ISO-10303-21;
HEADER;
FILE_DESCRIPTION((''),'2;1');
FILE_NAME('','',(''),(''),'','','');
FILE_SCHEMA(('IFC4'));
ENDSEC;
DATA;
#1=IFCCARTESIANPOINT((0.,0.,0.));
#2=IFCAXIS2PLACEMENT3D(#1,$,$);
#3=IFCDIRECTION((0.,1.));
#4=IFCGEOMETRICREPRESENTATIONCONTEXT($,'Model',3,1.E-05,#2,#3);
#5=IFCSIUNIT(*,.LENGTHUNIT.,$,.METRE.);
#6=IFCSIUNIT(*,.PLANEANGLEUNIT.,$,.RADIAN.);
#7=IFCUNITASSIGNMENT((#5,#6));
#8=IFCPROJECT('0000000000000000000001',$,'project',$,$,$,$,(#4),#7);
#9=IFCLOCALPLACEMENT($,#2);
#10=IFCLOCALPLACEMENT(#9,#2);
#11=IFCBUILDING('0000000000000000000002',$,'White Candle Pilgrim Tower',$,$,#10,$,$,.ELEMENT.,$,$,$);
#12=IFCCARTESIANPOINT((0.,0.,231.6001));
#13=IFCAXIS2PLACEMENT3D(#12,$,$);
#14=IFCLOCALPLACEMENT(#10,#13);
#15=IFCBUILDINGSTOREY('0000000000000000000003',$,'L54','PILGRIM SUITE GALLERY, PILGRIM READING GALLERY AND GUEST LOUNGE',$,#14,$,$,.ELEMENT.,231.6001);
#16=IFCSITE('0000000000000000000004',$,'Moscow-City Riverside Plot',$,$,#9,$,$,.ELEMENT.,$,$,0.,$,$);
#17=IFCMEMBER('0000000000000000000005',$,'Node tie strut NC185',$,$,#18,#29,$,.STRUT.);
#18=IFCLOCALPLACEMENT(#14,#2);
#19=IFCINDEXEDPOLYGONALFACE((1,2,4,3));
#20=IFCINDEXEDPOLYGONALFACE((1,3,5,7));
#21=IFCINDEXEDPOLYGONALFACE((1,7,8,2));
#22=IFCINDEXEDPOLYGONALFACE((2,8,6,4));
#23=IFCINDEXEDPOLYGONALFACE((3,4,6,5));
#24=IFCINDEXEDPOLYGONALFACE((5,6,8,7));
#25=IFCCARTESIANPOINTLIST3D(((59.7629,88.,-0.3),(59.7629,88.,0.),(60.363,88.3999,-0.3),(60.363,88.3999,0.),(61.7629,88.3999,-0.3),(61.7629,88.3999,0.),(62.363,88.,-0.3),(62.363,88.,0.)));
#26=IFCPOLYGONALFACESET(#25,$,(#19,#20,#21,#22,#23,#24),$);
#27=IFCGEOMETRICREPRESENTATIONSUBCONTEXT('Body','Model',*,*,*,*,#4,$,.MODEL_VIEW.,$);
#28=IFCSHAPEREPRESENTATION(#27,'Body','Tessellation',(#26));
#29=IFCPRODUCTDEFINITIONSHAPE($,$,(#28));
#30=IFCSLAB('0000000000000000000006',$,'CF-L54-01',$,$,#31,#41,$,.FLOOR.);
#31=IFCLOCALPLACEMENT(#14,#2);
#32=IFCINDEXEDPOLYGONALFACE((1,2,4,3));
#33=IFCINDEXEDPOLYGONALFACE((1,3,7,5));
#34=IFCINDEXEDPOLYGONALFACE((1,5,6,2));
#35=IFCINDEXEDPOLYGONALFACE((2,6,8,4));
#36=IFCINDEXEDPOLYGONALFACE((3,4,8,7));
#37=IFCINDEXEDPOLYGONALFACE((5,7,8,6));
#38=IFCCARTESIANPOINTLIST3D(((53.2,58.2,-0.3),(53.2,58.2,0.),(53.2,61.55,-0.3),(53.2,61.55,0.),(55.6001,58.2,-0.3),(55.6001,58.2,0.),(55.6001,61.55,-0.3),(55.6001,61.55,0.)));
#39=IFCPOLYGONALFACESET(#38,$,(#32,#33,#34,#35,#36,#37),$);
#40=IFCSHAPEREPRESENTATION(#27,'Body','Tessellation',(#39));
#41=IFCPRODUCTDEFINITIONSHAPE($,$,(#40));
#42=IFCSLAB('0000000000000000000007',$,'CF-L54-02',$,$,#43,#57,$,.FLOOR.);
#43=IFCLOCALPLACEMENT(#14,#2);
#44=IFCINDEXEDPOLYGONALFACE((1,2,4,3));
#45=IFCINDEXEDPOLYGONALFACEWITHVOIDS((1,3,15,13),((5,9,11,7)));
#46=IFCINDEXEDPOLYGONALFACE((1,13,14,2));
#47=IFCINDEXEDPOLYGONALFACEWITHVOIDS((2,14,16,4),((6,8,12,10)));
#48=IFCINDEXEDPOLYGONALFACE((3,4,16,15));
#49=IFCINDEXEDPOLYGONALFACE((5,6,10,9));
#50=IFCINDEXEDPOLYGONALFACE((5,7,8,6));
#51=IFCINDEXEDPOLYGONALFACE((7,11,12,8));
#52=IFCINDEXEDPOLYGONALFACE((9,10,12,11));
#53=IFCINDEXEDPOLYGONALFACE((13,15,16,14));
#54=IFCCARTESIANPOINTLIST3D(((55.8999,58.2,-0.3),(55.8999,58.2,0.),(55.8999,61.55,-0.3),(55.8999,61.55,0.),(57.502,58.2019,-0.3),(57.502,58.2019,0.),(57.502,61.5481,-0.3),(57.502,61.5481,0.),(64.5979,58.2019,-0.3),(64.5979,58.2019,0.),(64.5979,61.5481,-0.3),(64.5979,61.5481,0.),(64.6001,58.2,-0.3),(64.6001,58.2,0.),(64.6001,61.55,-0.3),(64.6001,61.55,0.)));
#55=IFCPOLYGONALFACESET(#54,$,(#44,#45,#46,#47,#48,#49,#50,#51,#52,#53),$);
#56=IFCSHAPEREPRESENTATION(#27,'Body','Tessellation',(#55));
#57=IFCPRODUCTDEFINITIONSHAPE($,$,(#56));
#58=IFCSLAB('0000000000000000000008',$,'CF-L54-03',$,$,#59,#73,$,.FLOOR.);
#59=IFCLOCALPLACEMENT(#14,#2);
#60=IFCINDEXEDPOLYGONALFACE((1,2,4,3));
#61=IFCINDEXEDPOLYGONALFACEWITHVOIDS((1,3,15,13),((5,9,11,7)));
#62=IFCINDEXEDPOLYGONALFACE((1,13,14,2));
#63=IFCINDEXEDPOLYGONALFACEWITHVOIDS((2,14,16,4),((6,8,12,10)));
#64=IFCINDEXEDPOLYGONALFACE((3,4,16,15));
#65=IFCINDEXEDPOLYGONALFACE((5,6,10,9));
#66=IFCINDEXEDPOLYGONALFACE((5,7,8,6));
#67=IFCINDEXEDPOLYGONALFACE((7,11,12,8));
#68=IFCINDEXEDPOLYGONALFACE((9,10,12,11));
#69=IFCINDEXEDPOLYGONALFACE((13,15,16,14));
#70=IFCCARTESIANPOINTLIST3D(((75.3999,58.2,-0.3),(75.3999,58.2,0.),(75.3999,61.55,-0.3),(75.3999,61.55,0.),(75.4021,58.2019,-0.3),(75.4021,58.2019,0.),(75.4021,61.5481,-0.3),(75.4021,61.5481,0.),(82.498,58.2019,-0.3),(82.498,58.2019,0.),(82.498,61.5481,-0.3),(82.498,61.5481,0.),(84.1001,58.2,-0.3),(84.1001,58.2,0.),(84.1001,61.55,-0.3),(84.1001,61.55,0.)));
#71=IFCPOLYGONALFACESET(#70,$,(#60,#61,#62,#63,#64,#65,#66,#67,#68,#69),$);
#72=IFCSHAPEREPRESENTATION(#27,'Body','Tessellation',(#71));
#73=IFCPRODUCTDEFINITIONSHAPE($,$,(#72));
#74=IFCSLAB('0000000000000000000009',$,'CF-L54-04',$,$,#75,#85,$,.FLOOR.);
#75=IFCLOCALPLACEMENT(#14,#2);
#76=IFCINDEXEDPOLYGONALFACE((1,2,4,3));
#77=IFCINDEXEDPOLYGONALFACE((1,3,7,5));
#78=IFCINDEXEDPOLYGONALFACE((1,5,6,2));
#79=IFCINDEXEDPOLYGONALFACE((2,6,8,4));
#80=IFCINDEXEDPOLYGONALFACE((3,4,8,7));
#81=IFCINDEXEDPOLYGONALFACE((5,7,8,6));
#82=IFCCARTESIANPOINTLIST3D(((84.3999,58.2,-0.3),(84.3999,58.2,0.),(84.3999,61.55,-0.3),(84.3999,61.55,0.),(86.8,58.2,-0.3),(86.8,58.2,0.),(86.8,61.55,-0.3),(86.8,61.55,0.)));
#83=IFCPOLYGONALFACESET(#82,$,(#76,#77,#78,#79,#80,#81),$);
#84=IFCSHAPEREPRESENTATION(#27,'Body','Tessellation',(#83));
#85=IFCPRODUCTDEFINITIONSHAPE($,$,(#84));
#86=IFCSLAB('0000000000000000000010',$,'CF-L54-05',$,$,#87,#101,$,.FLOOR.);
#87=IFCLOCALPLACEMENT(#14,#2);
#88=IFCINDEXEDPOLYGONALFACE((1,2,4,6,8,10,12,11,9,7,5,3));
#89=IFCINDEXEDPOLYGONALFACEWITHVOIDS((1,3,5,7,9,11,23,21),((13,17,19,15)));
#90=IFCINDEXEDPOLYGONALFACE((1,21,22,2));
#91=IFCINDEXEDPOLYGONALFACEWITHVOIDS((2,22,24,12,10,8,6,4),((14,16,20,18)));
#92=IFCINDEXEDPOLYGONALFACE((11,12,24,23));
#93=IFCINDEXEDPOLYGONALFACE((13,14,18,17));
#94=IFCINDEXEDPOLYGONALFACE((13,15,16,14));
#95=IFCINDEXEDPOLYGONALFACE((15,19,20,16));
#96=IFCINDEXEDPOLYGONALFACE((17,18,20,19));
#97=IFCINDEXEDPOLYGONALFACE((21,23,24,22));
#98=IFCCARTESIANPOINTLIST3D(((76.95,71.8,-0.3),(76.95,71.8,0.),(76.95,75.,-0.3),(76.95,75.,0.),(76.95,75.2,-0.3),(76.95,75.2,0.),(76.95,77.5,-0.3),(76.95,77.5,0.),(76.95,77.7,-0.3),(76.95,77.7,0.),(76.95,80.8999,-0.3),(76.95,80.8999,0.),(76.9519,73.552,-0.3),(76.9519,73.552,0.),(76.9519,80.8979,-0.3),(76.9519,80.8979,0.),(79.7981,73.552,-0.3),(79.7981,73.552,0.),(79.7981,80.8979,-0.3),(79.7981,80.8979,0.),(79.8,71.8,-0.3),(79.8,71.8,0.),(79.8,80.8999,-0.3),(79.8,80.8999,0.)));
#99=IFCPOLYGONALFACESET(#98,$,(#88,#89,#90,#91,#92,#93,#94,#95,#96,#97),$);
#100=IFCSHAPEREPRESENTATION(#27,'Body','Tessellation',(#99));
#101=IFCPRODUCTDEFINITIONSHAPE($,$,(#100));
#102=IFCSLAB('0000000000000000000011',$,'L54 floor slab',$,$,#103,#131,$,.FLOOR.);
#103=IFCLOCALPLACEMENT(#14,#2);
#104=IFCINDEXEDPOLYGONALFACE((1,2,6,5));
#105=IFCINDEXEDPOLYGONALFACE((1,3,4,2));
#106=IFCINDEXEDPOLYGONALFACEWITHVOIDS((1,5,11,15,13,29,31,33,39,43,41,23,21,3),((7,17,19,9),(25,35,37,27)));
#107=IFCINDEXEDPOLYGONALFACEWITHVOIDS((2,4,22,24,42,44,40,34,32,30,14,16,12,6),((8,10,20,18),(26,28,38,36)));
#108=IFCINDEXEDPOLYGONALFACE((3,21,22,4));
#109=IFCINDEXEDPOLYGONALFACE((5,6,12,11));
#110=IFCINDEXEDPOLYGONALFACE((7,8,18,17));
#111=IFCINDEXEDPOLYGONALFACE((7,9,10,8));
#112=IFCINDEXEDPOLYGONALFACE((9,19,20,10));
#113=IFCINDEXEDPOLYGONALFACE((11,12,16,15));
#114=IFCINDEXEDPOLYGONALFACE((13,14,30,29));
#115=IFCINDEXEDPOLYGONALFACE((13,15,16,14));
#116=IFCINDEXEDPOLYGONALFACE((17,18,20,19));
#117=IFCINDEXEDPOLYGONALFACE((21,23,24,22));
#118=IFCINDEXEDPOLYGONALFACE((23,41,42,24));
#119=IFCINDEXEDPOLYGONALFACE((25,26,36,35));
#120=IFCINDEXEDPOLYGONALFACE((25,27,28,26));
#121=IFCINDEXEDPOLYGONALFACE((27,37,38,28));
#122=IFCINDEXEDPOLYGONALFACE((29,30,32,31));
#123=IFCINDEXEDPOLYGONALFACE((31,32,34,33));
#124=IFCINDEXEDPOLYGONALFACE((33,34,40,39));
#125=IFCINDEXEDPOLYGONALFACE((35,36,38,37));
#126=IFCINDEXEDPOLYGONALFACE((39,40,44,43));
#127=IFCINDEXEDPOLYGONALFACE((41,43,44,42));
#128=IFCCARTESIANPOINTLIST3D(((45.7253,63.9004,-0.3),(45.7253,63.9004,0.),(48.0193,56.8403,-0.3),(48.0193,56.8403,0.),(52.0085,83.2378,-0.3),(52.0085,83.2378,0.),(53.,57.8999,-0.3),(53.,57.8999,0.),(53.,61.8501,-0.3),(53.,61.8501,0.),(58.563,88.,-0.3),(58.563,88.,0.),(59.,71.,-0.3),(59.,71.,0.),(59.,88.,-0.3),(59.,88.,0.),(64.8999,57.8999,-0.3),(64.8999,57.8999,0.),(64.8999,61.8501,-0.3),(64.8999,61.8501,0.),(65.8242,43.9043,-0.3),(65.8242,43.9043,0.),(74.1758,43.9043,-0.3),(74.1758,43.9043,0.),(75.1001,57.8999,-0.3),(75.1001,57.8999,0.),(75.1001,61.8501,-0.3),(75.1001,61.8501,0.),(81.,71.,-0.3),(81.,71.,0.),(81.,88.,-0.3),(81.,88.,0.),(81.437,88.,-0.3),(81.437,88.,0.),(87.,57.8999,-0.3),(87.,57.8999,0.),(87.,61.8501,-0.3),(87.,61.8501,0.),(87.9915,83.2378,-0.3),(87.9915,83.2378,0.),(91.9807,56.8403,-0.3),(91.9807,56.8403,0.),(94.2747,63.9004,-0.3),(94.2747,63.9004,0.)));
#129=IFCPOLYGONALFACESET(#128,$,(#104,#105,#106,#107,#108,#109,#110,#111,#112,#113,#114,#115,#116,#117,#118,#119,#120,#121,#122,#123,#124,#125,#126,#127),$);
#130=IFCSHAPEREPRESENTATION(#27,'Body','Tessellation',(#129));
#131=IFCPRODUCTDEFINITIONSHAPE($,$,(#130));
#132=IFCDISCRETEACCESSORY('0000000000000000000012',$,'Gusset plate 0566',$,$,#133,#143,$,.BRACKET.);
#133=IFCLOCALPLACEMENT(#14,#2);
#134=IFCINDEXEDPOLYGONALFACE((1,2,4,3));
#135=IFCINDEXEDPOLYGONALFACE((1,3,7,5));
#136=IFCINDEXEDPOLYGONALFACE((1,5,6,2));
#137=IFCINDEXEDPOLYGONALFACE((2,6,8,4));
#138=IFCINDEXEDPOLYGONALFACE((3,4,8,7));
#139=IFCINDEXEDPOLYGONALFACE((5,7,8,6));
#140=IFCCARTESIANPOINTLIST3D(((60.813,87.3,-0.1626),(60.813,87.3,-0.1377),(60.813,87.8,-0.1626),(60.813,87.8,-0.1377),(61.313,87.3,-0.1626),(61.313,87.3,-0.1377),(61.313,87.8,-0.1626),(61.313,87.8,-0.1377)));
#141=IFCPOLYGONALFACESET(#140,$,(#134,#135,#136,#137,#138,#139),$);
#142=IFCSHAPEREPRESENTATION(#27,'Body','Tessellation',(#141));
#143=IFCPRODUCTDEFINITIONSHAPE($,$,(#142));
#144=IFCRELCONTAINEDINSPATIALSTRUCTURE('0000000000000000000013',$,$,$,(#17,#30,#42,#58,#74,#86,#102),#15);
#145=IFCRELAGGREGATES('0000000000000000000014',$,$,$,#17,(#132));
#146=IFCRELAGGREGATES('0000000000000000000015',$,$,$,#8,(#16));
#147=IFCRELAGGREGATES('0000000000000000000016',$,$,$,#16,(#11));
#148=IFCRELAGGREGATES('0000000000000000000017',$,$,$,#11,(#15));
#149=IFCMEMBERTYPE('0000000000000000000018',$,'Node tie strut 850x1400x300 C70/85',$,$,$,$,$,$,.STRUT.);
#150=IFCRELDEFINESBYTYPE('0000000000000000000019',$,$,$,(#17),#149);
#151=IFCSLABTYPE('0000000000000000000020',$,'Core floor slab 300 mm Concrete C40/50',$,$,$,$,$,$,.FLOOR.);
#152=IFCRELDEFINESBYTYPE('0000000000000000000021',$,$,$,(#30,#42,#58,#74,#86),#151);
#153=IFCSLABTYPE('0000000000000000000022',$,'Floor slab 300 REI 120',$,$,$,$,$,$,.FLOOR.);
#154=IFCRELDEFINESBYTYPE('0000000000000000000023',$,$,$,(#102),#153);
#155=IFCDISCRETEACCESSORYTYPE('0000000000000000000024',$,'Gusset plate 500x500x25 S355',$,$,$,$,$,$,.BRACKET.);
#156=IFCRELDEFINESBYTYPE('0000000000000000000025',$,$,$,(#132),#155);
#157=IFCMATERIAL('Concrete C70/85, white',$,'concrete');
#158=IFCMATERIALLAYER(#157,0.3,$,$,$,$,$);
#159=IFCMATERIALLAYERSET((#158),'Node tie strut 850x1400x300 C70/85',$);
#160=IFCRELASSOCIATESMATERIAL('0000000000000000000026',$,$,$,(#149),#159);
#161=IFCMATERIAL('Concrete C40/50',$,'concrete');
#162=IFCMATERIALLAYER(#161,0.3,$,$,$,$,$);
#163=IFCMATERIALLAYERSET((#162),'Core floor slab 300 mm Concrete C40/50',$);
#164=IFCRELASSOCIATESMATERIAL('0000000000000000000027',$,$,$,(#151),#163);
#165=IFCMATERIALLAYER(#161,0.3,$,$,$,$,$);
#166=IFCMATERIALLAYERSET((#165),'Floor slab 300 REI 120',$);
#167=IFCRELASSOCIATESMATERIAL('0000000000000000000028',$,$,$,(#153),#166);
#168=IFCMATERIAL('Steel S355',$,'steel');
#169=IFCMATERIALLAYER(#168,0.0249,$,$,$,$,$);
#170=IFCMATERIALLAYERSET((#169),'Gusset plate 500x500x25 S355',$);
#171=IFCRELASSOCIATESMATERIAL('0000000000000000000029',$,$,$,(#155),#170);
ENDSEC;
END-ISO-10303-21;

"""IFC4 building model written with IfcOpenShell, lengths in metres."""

from ifc_helpers import new_model, si_unit, direction, frame, origin, origin_2d, place, context, subcontext, project, spatial, polyline, rectangle, outline, extrude, material, layer, layer_set, type_object, element, aggregate, save


model = new_model("IFC4")

# Units and contexts
model_context = context("Model", 3, precision=1e-05, world=origin(), true_north=direction((0.0, 1.0)))
body_context = subcontext(model_context, "Body", "Model", "MODEL_VIEW")
ifc_project = project(units=[si_unit("LENGTHUNIT", "METRE"), si_unit("PLANEANGLEUNIT", "RADIAN")], contexts=[model_context])

# Site, building, storey
site_placement = place(None, origin())
site = spatial("IfcSite", under=ifc_project, at=site_placement, Name="Moscow-City Riverside Plot", CompositionType="ELEMENT", RefElevation=0.0)
building_placement = place(site_placement, origin())
building = spatial("IfcBuilding", under=site, at=building_placement, Name="White Candle Pilgrim Tower", CompositionType="ELEMENT")
storey_placement = place(building_placement, frame((0.0, 0.0, 231.6001)))
storey = spatial("IfcBuildingStorey", under=building, at=storey_placement, Name="L54", Description="PILGRIM SUITE GALLERY, PILGRIM READING GALLERY AND GUEST LOUNGE", CompositionType="ELEMENT", Elevation=231.6001)

# Member
ifc_material_1 = material(Name="Concrete C70/85, white", Category="concrete")
ifc_layer_1 = layer(ifc_material_1, 0.3)
ifc_layer_set_1 = layer_set([ifc_layer_1], Name="Node tie strut 850x1400x300 C70/85")
member_type_1 = type_object("IfcMemberType", Name="Node tie strut 850x1400x300 C70/85", PredefinedType="STRUT", material=ifc_layer_set_1)
member_1_placement = place(storey_placement, frame((0.0, 0.0, -0.3)))
member_1 = element("IfcMember", 1, at=member_1_placement, inside=storey, type_object=member_type_1, Name="Node tie strut NC185", PredefinedType="STRUT", context=body_context, shape_type="SweptSolid", body=[
    extrude(outline(polyline([(59.7629, 88.0), (62.363, 88.0), (61.7629, 88.3999), (60.363, 88.3999), (59.7629, 88.0)])), origin(), (0.0, 0.0, 1.0), 0.3),
])

# Slabs
ifc_material_2 = material(Name="Concrete C40/50", Category="concrete")
ifc_layer_2 = layer(ifc_material_2, 0.3)
ifc_layer_set_2 = layer_set([ifc_layer_2], Name="Core floor slab 300 mm Concrete C40/50")
slab_type_1 = type_object("IfcSlabType", Name="Core floor slab 300 mm Concrete C40/50", PredefinedType="FLOOR", material=ifc_layer_set_2)
slab_1_placement = place(storey_placement, frame((0.0, 0.0, -0.3)))
element("IfcSlab", 2, at=slab_1_placement, inside=storey, type_object=slab_type_1, Name="CF-L54-01", PredefinedType="FLOOR", context=body_context, shape_type="SweptSolid", body=[
    extrude(outline(polyline([(55.6001, 58.2), (53.2, 58.2), (53.2, 61.55), (55.6001, 61.55), (55.6001, 58.2)])), origin(), (0.0, 0.0, 1.0), 0.3),
])
slab_2_placement = place(storey_placement, frame((0.0, 0.0, -0.3)))
element("IfcSlab", 3, at=slab_2_placement, inside=storey, type_object=slab_type_1, Name="CF-L54-02", PredefinedType="FLOOR", context=body_context, shape_type="SweptSolid", body=[
    extrude(outline(polyline([(55.8999, 58.2), (55.8999, 61.55), (64.6001, 61.55), (64.6001, 58.2), (55.8999, 58.2)]), holes=[polyline([(57.502, 61.5481), (57.502, 58.2019), (64.5979, 58.2019), (64.5979, 61.5481), (57.502, 61.5481)])]), origin(), (0.0, 0.0, 1.0), 0.3),
])
slab_3_placement = place(storey_placement, frame((0.0, 0.0, -0.3)))
element("IfcSlab", 4, at=slab_3_placement, inside=storey, type_object=slab_type_1, Name="CF-L54-03", PredefinedType="FLOOR", context=body_context, shape_type="SweptSolid", body=[
    extrude(outline(polyline([(75.3999, 58.2), (75.3999, 61.55), (84.1001, 61.55), (84.1001, 58.2), (75.3999, 58.2)]), holes=[polyline([(82.498, 58.2019), (82.498, 61.5481), (75.4021, 61.5481), (75.4021, 58.2019), (82.498, 58.2019)])]), origin(), (0.0, 0.0, 1.0), 0.3),
])
slab_4_placement = place(storey_placement, frame((0.0, 0.0, -0.3)))
element("IfcSlab", 5, at=slab_4_placement, inside=storey, type_object=slab_type_1, Name="CF-L54-04", PredefinedType="FLOOR", context=body_context, shape_type="SweptSolid", body=[
    extrude(outline(polyline([(86.8, 58.2), (84.3999, 58.2), (84.3999, 61.55), (86.8, 61.55), (86.8, 58.2)])), origin(), (0.0, 0.0, 1.0), 0.3),
])
slab_5_placement = place(storey_placement, frame((0.0, 0.0, -0.3)))
element("IfcSlab", 6, at=slab_5_placement, inside=storey, type_object=slab_type_1, Name="CF-L54-05", PredefinedType="FLOOR", context=body_context, shape_type="SweptSolid", body=[
    extrude(outline(polyline([(76.95, 71.8), (76.95, 75.0), (76.95, 75.2), (76.95, 77.5), (76.95, 77.7), (76.95, 80.8999), (79.8, 80.8999), (79.8, 71.8), (76.95, 71.8)]), holes=[polyline([(76.9519, 73.552), (79.7981, 73.552), (79.7981, 80.8979), (76.9519, 80.8979), (76.9519, 73.552)])]), origin(), (0.0, 0.0, 1.0), 0.3),
])
ifc_layer_3 = layer(ifc_material_2, 0.3)
ifc_layer_set_3 = layer_set([ifc_layer_3], Name="Floor slab 300 REI 120")
slab_type_2 = type_object("IfcSlabType", Name="Floor slab 300 REI 120", PredefinedType="FLOOR", material=ifc_layer_set_3)
slab_6_placement = place(storey_placement, frame((0.0, 0.0, -0.3)))
element("IfcSlab", 7, at=slab_6_placement, inside=storey, type_object=slab_type_2, Name="L54 floor slab", PredefinedType="FLOOR", context=body_context, shape_type="SweptSolid", body=[
    extrude(outline(polyline([(65.8242, 43.9043), (74.1758, 43.9043), (91.9807, 56.8403), (94.2747, 63.9004), (87.9915, 83.2378), (81.437, 88.0), (81.0, 88.0), (81.0, 71.0), (59.0, 71.0), (59.0, 88.0), (58.563, 88.0), (52.0085, 83.2378), (45.7253, 63.9004), (48.0193, 56.8403), (65.8242, 43.9043)]), holes=[polyline([(53.0, 57.8999), (53.0, 61.8501), (64.8999, 61.8501), (64.8999, 57.8999), (53.0, 57.8999)]), polyline([(75.1001, 57.8999), (75.1001, 61.8501), (87.0, 61.8501), (87.0, 57.8999), (75.1001, 57.8999)])]), origin(), (0.0, 0.0, 1.0), 0.3),
])

# Discrete accessory
ifc_material_3 = material(Name="Steel S355", Category="steel")
ifc_layer_4 = layer(ifc_material_3, 0.0249)
ifc_layer_set_4 = layer_set([ifc_layer_4], Name="Gusset plate 500x500x25 S355")
discrete_accessory_type = type_object("IfcDiscreteAccessoryType", Name="Gusset plate 500x500x25 S355", PredefinedType="BRACKET", material=ifc_layer_set_4)
discrete_accessory_1_placement = place(storey_placement, frame((61.063, 87.55, -0.1626), z_axis=(0.0, 0.0, 1.0), x_axis=(1.0, 0.0, 0.0)))
discrete_accessory_1 = element("IfcDiscreteAccessory", 8, at=discrete_accessory_1_placement, type_object=discrete_accessory_type, Name="Gusset plate 0566", PredefinedType="BRACKET", context=body_context, shape_type="SweptSolid", body=[
    extrude(rectangle(XDim=0.5, YDim=0.5, at=origin_2d()), origin(), (0.0, 0.0, 1.0), 0.0249),
])
aggregate(member_1, [discrete_accessory_1])

save(model, "model.ifc")
